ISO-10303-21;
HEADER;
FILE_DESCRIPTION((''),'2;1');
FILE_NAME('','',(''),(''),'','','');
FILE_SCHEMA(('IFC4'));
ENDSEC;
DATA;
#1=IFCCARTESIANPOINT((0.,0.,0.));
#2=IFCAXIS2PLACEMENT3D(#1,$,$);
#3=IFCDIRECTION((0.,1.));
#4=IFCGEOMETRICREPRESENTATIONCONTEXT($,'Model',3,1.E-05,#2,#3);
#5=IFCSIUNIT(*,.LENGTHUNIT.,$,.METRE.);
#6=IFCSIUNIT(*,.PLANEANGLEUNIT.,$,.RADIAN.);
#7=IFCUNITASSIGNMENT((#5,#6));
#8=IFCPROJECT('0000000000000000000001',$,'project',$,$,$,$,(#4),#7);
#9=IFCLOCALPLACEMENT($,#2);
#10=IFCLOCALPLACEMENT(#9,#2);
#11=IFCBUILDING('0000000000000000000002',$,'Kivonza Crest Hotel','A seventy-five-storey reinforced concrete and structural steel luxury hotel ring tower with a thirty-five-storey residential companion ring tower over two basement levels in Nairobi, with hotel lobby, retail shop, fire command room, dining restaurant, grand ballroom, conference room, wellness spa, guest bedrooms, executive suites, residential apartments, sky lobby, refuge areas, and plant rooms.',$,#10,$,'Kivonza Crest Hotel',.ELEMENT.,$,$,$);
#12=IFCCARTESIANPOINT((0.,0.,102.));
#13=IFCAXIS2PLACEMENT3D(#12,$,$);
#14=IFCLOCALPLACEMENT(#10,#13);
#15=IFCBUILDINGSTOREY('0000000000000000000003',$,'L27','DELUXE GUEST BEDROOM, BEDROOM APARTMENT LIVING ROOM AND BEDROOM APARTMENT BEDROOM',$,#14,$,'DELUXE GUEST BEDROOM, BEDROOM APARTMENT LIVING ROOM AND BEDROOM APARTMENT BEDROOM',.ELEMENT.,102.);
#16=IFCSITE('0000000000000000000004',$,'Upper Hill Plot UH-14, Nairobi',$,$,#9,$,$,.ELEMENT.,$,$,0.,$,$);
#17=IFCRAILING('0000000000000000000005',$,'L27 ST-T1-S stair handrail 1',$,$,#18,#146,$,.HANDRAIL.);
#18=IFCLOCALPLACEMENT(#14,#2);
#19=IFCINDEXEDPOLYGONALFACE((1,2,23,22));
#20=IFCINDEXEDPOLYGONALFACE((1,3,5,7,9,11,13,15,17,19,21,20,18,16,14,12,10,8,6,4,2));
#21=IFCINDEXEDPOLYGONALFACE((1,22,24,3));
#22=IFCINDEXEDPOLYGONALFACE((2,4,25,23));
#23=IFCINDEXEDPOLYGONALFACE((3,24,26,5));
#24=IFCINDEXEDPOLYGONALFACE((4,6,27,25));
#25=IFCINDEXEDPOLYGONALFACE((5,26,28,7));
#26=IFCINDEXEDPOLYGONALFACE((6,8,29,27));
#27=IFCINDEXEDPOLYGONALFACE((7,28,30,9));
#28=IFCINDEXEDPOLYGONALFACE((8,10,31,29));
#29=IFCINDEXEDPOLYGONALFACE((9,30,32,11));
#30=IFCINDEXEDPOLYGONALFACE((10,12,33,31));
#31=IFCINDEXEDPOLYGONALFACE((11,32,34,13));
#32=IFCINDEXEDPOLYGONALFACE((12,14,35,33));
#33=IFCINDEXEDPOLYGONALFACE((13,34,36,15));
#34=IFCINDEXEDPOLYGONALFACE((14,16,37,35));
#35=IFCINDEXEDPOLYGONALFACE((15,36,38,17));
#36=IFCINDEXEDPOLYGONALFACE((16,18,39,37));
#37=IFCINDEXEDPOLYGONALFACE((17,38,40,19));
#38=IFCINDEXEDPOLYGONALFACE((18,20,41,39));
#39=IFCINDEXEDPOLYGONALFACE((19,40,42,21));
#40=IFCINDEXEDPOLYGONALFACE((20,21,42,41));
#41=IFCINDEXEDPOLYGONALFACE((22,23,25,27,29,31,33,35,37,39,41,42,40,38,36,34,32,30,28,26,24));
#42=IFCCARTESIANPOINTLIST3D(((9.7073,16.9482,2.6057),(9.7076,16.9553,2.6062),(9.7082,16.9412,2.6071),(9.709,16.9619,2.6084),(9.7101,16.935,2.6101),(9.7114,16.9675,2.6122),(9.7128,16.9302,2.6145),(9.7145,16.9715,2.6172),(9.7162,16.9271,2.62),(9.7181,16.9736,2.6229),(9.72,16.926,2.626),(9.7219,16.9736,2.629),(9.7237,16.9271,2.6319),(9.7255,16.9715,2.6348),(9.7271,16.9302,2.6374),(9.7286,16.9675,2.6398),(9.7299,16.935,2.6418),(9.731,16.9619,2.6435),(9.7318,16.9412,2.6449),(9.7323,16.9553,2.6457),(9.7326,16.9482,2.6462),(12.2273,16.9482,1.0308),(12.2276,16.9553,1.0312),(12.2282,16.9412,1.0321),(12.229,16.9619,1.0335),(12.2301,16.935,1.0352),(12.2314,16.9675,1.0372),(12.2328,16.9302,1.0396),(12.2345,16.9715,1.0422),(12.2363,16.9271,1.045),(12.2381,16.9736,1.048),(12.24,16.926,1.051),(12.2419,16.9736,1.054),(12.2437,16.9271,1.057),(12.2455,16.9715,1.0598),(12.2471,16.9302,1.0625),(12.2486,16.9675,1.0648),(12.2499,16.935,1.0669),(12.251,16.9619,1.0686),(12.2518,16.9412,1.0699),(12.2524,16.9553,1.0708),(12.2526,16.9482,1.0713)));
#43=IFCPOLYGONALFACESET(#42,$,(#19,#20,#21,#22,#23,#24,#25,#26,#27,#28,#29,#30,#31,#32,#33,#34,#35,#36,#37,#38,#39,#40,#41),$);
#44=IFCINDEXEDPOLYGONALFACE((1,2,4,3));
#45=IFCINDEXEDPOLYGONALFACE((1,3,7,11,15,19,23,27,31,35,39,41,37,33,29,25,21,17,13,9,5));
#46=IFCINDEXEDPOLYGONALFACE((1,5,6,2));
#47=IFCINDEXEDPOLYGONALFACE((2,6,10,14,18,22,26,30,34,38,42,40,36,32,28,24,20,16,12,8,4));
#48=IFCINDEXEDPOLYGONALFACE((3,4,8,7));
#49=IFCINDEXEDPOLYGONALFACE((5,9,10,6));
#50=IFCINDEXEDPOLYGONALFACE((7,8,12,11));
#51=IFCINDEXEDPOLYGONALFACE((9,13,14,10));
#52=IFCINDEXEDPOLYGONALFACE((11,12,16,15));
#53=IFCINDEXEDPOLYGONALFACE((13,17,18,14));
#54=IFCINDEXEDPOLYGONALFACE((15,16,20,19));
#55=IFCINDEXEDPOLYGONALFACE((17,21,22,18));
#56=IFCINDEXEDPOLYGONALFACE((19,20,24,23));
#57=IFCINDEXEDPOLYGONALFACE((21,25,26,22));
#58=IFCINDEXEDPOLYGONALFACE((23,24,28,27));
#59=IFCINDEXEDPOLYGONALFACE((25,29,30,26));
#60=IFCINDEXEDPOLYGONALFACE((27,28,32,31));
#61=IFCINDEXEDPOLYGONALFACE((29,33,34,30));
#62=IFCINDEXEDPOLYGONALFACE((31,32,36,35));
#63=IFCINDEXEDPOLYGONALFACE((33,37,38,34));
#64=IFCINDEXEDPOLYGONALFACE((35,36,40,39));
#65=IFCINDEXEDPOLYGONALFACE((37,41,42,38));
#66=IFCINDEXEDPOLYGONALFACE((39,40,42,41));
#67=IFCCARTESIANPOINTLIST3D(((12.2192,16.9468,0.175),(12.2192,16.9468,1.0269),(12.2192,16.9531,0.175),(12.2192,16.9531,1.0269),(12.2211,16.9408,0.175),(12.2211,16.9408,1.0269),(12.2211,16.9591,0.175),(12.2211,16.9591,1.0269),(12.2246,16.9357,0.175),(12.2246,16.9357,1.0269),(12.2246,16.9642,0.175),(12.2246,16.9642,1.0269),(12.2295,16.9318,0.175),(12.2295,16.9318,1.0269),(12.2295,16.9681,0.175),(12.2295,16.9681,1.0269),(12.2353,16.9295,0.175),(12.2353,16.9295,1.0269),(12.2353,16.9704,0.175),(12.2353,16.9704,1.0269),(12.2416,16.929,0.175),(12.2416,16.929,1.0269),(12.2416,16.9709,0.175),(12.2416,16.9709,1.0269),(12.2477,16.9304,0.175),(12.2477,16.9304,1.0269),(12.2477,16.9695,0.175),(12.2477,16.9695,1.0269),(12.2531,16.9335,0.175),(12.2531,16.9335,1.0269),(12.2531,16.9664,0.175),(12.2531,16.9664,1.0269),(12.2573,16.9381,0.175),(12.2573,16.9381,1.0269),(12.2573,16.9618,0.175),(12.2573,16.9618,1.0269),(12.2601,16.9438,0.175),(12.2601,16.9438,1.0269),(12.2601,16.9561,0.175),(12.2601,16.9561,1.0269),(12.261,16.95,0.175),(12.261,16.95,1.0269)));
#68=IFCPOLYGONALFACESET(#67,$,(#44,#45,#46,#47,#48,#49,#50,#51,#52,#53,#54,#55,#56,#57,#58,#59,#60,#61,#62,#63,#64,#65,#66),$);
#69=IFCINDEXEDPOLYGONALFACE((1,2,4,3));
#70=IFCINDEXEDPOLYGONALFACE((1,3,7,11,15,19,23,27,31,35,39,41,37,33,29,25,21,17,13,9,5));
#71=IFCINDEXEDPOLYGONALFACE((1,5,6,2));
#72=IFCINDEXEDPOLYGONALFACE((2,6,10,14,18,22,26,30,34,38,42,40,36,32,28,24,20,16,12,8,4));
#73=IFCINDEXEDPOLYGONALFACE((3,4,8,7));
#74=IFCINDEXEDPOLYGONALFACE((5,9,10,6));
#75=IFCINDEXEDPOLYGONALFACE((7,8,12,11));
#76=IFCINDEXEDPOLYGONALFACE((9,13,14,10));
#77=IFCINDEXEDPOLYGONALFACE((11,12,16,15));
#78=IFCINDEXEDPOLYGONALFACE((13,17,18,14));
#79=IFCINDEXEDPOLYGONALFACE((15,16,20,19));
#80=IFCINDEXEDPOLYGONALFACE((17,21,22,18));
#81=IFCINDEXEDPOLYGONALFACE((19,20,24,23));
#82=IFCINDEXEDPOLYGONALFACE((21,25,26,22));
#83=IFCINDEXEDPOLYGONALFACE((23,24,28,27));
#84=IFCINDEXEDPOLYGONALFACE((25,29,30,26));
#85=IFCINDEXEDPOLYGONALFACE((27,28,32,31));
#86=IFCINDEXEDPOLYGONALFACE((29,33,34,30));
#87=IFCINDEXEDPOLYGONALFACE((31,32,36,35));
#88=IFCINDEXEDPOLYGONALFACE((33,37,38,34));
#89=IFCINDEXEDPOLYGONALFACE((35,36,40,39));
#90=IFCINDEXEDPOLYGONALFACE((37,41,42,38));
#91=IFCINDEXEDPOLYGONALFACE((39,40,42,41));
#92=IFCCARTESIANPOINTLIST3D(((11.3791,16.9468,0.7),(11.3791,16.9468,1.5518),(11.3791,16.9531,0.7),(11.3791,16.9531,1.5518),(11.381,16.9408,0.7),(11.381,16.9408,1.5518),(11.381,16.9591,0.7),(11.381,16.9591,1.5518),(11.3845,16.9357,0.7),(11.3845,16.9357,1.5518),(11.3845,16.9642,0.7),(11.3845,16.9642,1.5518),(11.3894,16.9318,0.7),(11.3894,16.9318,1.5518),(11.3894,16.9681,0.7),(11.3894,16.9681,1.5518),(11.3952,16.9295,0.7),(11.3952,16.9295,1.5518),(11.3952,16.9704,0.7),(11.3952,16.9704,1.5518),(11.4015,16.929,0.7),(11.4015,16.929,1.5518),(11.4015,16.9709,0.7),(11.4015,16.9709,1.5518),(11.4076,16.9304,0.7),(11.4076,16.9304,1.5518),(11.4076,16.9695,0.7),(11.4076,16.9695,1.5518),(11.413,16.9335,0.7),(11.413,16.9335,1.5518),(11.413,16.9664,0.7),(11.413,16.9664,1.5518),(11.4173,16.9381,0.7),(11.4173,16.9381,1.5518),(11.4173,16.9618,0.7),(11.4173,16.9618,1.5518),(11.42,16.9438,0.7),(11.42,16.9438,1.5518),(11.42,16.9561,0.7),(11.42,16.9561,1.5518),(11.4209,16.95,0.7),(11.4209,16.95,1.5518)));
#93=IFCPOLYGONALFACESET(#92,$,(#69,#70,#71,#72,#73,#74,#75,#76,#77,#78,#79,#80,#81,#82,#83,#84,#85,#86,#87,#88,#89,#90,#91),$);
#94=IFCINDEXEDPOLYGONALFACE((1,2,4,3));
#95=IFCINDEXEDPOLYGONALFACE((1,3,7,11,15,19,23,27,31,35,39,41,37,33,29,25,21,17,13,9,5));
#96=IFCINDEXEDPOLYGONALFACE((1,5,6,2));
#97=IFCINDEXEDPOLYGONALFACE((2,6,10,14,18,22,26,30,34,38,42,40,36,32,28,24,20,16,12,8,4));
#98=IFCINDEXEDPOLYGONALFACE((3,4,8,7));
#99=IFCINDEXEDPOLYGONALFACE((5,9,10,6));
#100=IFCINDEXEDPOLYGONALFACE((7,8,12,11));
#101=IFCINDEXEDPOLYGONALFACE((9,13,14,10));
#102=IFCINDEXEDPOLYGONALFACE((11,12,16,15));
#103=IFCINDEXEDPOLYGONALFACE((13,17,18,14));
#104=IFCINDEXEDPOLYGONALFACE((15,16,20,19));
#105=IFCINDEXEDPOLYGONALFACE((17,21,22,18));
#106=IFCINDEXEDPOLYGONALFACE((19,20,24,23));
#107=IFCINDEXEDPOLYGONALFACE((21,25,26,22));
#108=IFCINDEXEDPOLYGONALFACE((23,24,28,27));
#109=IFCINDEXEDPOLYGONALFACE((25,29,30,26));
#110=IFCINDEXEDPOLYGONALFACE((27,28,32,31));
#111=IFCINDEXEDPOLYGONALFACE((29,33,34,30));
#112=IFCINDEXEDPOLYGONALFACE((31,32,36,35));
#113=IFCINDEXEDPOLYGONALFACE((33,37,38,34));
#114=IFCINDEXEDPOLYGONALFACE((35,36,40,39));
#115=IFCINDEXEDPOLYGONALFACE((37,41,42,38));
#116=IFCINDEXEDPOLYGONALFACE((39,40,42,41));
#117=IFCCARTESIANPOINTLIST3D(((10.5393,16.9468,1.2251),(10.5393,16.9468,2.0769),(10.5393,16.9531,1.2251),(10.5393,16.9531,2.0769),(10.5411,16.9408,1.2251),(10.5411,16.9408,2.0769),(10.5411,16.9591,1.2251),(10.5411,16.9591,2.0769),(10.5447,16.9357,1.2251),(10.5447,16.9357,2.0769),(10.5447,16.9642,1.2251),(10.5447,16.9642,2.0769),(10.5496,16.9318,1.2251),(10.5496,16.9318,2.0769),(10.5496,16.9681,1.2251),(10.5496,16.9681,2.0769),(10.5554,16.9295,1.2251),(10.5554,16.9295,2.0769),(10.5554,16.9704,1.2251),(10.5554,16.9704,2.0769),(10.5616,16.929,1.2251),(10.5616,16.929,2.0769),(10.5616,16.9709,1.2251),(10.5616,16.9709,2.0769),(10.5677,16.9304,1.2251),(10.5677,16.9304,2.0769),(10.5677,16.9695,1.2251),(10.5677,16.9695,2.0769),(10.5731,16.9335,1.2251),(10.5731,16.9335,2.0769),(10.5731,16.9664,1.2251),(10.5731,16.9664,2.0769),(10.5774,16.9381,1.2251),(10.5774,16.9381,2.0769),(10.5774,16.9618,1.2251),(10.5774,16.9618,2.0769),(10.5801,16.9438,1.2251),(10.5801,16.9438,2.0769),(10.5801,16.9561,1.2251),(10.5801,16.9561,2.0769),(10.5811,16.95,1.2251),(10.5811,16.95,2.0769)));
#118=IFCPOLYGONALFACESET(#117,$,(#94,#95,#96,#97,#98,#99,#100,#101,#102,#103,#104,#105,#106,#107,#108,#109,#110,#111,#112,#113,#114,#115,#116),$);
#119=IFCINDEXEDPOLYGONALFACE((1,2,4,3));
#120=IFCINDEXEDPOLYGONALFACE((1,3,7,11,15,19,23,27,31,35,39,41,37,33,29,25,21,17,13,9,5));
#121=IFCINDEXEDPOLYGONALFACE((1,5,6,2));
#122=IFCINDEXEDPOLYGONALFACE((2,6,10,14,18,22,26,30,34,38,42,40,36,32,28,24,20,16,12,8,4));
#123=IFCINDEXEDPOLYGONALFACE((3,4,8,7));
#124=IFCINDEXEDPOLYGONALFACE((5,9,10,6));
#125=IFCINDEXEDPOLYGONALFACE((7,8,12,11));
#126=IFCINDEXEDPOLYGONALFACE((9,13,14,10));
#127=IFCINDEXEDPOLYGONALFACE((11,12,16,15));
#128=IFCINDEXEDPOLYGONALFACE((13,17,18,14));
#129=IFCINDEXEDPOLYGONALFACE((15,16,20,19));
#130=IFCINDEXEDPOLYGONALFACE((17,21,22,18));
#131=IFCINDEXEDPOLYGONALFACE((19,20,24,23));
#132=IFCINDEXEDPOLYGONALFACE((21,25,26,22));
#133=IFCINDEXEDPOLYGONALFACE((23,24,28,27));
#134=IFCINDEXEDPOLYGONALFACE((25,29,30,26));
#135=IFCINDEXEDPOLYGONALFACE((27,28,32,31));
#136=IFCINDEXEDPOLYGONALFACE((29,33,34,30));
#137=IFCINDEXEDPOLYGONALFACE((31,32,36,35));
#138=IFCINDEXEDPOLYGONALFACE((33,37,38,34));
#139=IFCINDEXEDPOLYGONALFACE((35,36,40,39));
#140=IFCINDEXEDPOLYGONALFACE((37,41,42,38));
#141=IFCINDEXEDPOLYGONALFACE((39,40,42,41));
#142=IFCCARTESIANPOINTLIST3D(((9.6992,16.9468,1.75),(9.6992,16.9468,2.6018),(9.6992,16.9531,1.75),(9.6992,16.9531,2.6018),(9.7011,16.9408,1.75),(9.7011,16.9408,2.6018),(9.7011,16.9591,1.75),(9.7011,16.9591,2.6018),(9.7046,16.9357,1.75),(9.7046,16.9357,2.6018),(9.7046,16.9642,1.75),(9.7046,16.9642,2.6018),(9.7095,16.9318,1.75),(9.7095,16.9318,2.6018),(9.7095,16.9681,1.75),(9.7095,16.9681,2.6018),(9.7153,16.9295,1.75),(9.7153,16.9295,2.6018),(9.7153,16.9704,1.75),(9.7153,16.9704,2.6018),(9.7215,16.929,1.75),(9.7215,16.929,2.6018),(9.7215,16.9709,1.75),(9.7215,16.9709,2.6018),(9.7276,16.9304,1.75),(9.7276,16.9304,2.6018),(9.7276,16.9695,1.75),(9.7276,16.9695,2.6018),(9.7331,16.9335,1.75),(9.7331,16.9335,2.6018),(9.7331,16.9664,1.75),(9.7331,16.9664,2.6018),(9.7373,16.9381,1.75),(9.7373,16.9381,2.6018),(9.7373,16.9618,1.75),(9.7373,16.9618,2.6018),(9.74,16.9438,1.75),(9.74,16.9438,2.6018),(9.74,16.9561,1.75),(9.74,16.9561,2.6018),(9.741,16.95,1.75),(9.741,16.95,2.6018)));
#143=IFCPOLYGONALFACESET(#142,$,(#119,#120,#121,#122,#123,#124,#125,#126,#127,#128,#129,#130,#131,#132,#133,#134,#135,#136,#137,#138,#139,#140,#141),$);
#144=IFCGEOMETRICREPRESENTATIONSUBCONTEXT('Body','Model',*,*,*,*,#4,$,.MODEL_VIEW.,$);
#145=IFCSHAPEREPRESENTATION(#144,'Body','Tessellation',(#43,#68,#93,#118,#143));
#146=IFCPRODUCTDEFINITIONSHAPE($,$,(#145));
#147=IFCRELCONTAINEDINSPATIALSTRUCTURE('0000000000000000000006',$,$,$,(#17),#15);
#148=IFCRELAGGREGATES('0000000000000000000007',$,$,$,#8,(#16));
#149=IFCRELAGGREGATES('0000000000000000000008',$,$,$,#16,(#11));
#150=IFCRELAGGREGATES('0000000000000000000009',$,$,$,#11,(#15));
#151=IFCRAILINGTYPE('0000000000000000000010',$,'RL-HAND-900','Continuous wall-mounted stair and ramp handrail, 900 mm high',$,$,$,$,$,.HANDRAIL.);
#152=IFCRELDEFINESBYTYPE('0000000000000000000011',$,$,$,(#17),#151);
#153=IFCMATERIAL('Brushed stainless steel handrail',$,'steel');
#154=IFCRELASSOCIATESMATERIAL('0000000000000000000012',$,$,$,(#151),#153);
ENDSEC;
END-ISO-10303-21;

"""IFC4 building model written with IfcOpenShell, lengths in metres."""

from ifc_helpers import new_model, si_unit, direction, frame, origin, origin_2d, place, context, subcontext, project, spatial, circle, extrude, material, type_object, element, save


model = new_model("IFC4")

# Units and contexts
model_context = context("Model", 3, precision=1e-05, world=origin(), true_north=direction((0.0, 1.0)))
body_context = subcontext(model_context, "Body", "Model", "MODEL_VIEW")
ifc_project = project(units=[si_unit("LENGTHUNIT", "METRE"), si_unit("PLANEANGLEUNIT", "RADIAN")], contexts=[model_context])

# Site, building, storey
site_placement = place(None, origin())
site = spatial("IfcSite", under=ifc_project, at=site_placement, Name="Upper Hill Plot UH-14, Nairobi", CompositionType="ELEMENT", RefElevation=0.0)
building_placement = place(site_placement, origin())
building = spatial("IfcBuilding", under=site, at=building_placement, Name="Kivonza Crest Hotel", Description="A seventy-five-storey reinforced concrete and structural steel luxury hotel ring tower with a thirty-five-storey residential companion ring tower over two basement levels in Nairobi, with hotel lobby, retail shop, fire command room, dining restaurant, grand ballroom, conference room, wellness spa, guest bedrooms, executive suites, residential apartments, sky lobby, refuge areas, and plant rooms.", LongName="Kivonza Crest Hotel", CompositionType="ELEMENT")
storey_placement = place(building_placement, frame((0.0, 0.0, 102.0)))
storey = spatial("IfcBuildingStorey", under=building, at=storey_placement, Name="L27", Description="DELUXE GUEST BEDROOM, BEDROOM APARTMENT LIVING ROOM AND BEDROOM APARTMENT BEDROOM", LongName="DELUXE GUEST BEDROOM, BEDROOM APARTMENT LIVING ROOM AND BEDROOM APARTMENT BEDROOM", CompositionType="ELEMENT", Elevation=102.0)

# Railing
ifc_material_1 = material(Name="Brushed stainless steel handrail", Category="steel")
railing_type_1 = type_object("IfcRailingType", Name="RL-HAND-900", Description="Continuous wall-mounted stair and ramp handrail, 900 mm high", PredefinedType="HANDRAIL", material=ifc_material_1)
railing_1_placement = place(storey_placement, frame((12.24, 16.95, 0.175)))
element("IfcRailing", 1, at=railing_1_placement, inside=storey, type_object=railing_type_1, Name="L27 ST-T1-S stair handrail 1", PredefinedType="HANDRAIL", context=body_context, shape_type="SweptSolid", body=[
    extrude(circle(Radius=0.0239, at=origin_2d()), frame((0.0, 0.0, 0.876), z_axis=(-0.848008, 0.0, 0.529984), x_axis=(0.0, -1.0, 0.0)), (0.0, 0.0, 1.0), 2.9717),
    extrude(circle(Radius=0.021, at=origin_2d()), origin(), (0.0, 0.0, 1.0), 0.8518),
    extrude(circle(Radius=0.021, at=origin_2d()), frame((-0.8401, 0.0, 0.5249)), (0.0, 0.0, 1.0), 0.8518),
    extrude(circle(Radius=0.021, at=origin_2d()), frame((-1.6799, 0.0, 1.05)), (0.0, 0.0, 1.0), 0.8518),
    extrude(circle(Radius=0.021, at=origin_2d()), frame((-2.52, 0.0, 1.575)), (0.0, 0.0, 1.0), 0.8518),
])

save(model, "model.ifc")
